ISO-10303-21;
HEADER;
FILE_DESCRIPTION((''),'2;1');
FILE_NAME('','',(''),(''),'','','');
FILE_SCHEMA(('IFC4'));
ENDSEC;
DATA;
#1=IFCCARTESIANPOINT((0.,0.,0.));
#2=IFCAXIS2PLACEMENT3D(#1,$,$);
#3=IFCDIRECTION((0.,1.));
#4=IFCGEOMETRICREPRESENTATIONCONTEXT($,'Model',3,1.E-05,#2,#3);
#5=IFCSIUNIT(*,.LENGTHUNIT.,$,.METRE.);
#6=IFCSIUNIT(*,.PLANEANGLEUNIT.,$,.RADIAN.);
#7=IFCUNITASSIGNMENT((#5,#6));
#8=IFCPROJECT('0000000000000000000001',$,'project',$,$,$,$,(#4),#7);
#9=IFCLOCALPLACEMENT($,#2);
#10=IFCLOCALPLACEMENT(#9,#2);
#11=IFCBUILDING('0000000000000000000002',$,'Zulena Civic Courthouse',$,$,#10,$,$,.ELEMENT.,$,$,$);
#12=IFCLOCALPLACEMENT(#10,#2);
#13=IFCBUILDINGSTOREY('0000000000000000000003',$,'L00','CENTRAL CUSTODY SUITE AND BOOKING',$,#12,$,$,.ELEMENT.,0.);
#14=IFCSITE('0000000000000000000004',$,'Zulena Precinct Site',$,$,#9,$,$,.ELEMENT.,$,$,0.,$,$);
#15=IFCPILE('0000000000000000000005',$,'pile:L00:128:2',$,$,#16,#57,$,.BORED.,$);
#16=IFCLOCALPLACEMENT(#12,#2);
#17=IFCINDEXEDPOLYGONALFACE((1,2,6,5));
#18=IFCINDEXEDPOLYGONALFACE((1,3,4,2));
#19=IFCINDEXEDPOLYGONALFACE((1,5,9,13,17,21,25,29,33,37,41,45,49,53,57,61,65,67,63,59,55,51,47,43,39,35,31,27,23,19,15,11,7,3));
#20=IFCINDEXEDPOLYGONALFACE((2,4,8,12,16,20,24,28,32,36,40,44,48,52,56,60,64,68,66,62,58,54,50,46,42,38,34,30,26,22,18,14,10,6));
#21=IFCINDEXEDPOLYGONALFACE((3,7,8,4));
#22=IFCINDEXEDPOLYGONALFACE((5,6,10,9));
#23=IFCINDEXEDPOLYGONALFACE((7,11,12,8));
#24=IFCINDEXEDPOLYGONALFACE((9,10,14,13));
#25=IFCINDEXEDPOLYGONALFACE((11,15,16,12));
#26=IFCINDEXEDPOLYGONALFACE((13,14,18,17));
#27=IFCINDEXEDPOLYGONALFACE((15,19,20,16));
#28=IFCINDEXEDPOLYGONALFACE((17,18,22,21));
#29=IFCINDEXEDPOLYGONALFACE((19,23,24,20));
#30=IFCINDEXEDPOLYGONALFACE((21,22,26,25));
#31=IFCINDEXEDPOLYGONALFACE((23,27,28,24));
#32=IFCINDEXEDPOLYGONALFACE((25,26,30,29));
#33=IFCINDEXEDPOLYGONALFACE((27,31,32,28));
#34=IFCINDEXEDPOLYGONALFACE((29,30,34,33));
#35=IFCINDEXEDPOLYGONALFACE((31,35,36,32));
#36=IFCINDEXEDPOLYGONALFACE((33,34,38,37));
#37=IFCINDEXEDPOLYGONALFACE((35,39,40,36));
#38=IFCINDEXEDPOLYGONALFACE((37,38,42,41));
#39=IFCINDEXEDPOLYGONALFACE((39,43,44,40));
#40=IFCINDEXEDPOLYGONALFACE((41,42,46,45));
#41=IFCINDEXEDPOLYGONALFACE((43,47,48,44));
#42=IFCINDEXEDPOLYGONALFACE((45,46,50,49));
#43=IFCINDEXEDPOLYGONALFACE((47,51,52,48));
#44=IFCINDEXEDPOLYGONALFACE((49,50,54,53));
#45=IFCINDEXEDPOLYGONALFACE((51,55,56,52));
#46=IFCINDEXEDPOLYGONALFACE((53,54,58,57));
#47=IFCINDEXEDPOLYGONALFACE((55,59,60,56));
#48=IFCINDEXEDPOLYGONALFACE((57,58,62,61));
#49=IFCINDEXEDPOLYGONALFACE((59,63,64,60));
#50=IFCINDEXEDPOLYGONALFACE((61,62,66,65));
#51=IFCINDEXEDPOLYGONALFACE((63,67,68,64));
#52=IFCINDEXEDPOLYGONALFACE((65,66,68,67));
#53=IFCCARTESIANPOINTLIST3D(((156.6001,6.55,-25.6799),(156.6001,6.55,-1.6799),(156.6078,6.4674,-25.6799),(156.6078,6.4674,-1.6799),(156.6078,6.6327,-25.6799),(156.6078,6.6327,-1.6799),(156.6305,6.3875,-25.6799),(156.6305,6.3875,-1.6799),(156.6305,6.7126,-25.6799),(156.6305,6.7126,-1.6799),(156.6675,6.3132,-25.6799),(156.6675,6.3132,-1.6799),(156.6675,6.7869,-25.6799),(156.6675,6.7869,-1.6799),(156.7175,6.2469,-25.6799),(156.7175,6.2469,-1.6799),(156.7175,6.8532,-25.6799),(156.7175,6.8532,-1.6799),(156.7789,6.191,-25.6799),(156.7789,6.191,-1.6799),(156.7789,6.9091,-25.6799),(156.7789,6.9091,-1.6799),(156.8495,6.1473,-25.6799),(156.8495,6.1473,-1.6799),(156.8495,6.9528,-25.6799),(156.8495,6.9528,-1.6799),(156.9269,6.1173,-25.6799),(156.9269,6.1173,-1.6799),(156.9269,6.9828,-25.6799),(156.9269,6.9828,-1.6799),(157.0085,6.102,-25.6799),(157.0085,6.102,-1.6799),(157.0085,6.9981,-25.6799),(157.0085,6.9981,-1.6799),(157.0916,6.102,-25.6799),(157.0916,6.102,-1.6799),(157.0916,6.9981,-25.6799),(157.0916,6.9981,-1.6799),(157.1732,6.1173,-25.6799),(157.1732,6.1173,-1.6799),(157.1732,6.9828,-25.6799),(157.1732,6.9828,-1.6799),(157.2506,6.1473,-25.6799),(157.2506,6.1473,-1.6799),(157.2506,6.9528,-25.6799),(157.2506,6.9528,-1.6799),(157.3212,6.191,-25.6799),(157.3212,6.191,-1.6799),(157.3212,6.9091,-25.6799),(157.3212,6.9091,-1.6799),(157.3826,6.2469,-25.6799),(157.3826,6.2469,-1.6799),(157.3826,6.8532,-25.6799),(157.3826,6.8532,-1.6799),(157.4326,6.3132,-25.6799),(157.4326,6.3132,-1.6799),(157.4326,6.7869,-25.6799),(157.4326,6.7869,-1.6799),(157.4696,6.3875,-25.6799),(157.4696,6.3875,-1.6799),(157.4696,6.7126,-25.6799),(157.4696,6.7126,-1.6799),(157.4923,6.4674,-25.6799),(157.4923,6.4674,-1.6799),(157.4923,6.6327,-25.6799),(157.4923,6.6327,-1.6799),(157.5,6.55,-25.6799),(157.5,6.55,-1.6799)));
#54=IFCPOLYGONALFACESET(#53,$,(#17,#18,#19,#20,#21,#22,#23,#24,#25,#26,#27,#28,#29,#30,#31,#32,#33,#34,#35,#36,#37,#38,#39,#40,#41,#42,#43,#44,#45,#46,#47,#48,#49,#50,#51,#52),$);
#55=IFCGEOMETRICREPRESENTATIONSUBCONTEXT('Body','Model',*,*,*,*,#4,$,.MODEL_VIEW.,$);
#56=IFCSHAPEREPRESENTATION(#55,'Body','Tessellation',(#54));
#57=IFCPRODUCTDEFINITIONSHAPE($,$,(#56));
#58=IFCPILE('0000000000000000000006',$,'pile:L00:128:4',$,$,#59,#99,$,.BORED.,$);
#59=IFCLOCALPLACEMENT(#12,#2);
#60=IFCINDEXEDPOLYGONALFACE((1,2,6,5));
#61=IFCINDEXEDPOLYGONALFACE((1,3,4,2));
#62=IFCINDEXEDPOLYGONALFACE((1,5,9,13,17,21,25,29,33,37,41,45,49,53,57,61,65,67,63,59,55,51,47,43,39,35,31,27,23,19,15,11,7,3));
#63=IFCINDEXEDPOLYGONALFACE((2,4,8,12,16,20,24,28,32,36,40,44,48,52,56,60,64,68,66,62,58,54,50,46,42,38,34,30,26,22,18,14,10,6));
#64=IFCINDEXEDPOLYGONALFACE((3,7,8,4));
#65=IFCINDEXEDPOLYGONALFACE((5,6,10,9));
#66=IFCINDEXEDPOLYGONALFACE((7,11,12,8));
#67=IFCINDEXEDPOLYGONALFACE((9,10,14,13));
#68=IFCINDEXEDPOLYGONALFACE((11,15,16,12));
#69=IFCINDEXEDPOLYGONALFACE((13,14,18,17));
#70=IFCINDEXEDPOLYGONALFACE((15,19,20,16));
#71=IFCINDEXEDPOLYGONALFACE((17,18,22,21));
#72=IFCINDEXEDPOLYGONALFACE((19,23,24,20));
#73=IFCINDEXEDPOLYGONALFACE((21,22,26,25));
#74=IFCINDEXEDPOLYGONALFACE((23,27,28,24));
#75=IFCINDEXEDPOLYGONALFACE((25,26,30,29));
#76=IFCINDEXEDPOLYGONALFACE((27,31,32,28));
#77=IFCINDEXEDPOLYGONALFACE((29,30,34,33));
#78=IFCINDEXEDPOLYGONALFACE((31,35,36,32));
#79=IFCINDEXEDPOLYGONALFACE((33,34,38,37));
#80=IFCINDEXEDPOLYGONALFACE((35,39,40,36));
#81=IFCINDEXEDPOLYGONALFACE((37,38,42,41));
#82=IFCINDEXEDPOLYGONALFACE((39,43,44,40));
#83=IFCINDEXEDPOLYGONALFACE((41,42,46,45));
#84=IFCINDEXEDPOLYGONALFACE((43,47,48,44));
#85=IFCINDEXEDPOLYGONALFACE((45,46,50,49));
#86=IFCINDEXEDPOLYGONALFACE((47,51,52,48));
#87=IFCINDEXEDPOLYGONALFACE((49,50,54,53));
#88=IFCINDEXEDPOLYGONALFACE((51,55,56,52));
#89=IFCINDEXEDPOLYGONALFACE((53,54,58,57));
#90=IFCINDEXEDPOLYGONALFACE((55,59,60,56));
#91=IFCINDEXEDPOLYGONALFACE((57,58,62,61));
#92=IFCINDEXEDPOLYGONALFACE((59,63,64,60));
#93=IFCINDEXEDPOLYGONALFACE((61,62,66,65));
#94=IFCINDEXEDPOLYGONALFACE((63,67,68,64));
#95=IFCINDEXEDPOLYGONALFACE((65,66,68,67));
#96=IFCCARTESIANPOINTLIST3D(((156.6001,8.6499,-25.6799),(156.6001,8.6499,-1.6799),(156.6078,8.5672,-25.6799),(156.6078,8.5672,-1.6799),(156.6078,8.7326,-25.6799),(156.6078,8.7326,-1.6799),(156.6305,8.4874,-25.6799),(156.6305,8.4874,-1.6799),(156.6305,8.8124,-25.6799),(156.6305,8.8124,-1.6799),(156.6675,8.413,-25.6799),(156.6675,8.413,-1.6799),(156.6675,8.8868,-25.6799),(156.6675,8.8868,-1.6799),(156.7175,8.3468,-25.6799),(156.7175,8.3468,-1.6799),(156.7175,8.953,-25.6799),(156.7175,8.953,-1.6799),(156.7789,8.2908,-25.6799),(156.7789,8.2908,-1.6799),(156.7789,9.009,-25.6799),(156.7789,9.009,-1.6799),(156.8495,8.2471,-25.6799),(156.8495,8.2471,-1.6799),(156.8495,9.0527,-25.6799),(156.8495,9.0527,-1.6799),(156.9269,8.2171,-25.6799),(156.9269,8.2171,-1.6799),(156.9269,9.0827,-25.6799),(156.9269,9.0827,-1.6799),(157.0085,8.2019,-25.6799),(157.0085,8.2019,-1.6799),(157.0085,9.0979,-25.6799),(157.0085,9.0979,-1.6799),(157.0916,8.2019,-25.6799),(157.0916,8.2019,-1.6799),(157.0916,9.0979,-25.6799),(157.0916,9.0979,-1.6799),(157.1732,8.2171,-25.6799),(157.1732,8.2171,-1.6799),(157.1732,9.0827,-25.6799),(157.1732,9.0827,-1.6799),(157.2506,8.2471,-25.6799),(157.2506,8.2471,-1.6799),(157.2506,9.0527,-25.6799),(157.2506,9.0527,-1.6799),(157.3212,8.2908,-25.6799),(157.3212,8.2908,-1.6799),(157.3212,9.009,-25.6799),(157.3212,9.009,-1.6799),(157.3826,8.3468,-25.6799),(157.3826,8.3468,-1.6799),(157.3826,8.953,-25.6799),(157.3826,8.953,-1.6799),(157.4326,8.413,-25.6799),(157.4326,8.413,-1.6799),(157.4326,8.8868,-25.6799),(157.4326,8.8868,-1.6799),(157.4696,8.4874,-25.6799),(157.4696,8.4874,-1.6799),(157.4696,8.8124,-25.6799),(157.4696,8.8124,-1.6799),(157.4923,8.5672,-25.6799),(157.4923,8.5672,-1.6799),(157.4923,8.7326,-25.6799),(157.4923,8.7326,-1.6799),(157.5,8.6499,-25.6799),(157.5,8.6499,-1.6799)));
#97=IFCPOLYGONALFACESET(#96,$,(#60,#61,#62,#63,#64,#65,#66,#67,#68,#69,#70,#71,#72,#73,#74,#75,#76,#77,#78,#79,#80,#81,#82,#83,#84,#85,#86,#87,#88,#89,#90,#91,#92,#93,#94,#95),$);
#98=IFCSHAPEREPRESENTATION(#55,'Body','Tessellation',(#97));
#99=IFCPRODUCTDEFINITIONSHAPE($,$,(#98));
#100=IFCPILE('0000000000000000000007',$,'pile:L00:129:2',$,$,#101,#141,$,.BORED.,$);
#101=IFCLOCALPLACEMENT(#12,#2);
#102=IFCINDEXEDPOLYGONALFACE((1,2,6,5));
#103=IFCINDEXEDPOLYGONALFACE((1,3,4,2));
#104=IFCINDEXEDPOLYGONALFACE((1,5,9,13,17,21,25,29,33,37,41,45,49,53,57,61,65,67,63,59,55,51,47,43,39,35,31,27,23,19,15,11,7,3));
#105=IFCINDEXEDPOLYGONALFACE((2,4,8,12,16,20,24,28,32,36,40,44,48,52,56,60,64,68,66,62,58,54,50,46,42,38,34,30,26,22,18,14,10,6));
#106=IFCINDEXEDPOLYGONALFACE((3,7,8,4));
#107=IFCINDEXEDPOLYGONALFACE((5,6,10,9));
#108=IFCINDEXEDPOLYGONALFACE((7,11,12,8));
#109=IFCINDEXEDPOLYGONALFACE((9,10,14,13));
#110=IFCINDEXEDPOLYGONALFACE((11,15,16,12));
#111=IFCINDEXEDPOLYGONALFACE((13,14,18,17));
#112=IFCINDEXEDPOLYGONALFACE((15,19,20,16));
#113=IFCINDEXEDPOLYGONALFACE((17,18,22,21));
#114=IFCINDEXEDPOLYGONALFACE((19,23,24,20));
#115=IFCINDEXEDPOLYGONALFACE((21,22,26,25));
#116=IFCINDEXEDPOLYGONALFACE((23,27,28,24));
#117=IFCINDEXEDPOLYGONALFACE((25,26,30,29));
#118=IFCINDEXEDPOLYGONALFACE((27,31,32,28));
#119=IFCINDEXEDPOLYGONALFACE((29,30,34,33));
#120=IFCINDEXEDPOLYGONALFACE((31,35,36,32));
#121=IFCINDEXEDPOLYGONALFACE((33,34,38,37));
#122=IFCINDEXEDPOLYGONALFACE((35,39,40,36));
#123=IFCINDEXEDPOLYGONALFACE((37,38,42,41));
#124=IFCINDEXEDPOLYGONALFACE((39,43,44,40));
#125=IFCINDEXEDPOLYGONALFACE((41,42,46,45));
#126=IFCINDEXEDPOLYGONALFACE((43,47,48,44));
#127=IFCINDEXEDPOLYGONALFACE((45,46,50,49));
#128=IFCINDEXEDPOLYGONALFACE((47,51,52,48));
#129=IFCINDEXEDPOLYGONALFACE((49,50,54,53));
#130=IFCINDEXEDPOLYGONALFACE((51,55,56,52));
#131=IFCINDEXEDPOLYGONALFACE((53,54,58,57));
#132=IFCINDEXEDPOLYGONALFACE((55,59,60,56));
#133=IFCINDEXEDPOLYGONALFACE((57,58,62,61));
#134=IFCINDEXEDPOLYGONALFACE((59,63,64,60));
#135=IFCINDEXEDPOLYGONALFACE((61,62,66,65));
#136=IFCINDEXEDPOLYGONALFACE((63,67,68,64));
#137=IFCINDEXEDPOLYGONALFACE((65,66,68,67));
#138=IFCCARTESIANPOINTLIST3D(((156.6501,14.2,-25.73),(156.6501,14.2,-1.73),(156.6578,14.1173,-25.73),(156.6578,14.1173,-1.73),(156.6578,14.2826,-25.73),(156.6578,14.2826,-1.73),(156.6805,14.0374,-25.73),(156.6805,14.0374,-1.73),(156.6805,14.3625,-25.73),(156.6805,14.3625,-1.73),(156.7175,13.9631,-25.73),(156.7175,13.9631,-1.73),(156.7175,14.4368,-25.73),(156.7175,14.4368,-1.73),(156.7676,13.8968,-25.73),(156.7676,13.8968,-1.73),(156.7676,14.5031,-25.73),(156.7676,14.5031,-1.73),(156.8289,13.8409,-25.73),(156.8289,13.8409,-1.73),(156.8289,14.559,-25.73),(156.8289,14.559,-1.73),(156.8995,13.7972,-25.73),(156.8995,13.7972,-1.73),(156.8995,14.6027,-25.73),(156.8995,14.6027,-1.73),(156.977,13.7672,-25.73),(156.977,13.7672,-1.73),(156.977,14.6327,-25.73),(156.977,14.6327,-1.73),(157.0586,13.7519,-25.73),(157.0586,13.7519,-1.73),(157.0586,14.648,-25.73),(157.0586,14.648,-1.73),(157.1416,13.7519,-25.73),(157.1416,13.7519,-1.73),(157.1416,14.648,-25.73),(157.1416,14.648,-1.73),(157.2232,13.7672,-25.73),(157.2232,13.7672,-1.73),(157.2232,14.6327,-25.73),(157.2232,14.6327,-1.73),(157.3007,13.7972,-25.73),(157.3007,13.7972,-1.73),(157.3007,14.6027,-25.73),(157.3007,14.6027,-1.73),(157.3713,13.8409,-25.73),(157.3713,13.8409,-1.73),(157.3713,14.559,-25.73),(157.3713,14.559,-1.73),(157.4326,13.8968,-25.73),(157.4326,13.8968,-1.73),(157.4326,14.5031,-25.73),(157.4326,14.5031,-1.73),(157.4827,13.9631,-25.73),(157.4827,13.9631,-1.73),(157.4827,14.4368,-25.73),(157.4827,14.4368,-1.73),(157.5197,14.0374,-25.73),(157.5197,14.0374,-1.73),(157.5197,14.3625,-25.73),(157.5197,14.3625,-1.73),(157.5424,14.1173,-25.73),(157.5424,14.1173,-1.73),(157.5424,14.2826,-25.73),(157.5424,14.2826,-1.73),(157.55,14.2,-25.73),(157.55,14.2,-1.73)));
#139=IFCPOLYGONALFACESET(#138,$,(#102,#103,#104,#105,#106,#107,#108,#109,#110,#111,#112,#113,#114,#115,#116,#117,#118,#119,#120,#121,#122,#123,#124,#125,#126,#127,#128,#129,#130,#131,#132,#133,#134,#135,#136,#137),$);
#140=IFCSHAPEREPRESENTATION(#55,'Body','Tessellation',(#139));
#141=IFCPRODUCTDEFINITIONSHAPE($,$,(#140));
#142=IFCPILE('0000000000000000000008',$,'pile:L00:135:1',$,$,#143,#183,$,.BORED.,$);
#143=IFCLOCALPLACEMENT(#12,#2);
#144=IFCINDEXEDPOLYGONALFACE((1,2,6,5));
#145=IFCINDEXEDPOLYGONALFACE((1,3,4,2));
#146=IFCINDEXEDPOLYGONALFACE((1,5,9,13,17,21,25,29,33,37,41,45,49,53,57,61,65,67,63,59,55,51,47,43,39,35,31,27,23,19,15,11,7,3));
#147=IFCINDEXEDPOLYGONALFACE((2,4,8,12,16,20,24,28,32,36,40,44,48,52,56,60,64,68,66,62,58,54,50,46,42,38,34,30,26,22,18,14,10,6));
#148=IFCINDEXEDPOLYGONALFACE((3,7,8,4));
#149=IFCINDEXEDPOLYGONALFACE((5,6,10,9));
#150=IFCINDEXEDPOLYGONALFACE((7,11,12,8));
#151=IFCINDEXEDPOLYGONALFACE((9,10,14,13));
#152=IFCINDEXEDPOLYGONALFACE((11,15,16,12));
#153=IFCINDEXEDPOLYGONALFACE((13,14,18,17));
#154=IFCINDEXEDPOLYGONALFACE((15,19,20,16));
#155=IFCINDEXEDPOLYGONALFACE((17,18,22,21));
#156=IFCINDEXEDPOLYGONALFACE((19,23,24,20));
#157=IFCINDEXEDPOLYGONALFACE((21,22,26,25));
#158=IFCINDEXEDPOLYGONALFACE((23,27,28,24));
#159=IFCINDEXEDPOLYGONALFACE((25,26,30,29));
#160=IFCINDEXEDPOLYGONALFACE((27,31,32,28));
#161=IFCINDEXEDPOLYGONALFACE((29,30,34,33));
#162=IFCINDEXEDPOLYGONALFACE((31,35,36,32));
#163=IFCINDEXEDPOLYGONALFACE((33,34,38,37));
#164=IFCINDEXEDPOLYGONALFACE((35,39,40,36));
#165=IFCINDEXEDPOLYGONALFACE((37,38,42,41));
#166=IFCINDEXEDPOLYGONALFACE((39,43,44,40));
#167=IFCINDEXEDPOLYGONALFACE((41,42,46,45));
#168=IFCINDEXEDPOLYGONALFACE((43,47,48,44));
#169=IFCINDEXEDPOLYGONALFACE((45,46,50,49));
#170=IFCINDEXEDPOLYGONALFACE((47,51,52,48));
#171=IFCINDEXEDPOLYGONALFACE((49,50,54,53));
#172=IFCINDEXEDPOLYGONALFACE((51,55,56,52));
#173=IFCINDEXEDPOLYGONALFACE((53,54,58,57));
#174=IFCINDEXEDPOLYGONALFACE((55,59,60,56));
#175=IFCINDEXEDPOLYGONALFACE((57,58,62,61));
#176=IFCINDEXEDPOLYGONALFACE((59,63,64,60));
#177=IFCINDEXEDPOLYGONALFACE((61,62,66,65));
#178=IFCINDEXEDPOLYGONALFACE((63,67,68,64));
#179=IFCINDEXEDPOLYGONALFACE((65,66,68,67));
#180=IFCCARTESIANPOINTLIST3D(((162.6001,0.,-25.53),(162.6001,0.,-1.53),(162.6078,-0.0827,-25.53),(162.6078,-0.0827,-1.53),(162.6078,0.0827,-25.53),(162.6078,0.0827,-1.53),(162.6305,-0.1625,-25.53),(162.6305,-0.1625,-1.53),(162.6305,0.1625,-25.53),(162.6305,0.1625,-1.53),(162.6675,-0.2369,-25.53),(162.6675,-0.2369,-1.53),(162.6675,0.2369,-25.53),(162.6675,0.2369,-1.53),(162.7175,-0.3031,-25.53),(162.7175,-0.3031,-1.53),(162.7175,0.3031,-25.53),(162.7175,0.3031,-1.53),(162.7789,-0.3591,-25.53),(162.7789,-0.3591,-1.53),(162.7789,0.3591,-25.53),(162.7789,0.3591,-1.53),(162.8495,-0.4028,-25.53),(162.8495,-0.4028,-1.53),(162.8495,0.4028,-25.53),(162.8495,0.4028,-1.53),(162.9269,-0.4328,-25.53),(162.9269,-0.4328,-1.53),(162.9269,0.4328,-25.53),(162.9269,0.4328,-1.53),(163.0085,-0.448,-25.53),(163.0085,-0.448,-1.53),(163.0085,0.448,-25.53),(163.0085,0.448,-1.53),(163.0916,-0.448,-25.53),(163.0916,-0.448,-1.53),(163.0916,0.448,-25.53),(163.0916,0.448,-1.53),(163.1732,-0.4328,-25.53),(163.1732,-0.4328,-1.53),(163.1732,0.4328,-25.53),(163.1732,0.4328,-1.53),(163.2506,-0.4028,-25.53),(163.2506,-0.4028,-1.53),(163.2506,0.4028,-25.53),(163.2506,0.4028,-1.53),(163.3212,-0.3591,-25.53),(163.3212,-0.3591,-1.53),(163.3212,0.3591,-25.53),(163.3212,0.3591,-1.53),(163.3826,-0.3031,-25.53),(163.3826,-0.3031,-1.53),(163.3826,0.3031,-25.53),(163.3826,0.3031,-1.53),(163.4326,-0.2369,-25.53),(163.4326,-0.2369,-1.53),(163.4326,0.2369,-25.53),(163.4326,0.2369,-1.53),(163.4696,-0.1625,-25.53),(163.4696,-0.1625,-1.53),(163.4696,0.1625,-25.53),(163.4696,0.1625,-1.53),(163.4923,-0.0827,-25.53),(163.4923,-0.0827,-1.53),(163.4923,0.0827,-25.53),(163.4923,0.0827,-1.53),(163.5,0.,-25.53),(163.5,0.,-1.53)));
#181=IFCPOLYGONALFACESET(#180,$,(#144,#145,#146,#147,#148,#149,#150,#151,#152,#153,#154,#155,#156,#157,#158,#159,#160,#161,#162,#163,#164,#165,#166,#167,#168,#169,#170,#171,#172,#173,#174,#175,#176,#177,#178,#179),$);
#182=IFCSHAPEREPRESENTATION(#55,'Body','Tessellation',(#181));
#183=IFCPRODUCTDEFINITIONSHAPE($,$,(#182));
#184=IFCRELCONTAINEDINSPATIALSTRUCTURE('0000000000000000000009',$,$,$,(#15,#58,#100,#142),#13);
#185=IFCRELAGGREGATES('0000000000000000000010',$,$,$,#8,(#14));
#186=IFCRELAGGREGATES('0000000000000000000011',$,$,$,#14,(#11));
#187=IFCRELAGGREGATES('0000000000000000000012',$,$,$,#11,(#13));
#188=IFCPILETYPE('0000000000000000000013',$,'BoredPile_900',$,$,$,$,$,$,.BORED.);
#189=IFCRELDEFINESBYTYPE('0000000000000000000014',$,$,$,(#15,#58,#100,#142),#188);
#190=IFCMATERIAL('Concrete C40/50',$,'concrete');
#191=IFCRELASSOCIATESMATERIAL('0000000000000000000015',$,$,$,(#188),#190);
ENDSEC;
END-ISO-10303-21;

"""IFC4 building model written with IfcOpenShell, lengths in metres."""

from ifc_helpers import new_model, si_unit, direction, frame, origin, origin_2d, place, context, subcontext, project, spatial, circle, extrude, material, material_profile, profile_set, type_object, element, save


model = new_model("IFC4")

# Units and contexts
model_context = context("Model", 3, precision=1e-05, world=origin(), true_north=direction((0.0, 1.0)))
body_context = subcontext(model_context, "Body", "Model", "MODEL_VIEW")
ifc_project = project(units=[si_unit("LENGTHUNIT", "METRE"), si_unit("PLANEANGLEUNIT", "RADIAN")], contexts=[model_context])

# Site, building, storey
site_placement = place(None, origin())
site = spatial("IfcSite", under=ifc_project, at=site_placement, Name="Zulena Precinct Site", CompositionType="ELEMENT", RefElevation=0.0)
building_placement = place(site_placement, origin())
building = spatial("IfcBuilding", under=site, at=building_placement, Name="Zulena Civic Courthouse", CompositionType="ELEMENT")
storey_placement = place(building_placement, origin())
storey = spatial("IfcBuildingStorey", under=building, at=storey_placement, Name="L00", Description="CENTRAL CUSTODY SUITE AND BOOKING", CompositionType="ELEMENT", Elevation=0.0)

# Piles
ifc_material_1 = material(Name="Concrete C40/50", Category="concrete")
ifc_material_profile_1 = material_profile(ifc_material_1, circle(Radius=0.45, at=origin_2d()), Name="PILE900")
ifc_profile_set_1 = profile_set([ifc_material_profile_1], Name="Concrete C40/50")
pile_type_1 = type_object("IfcPileType", Name="BoredPile_900", PredefinedType="BORED", material=ifc_profile_set_1)
for number, where, z_axis, x_axis, name in (
    (1, (157.05, 6.55, -1.6799), (0.0, 0.0, -1.0), (1.0, 0.0, 0.0), "pile:L00:128:2"),
    (2, (157.05, 8.6499, -1.6799), (0.0, 0.0, -1.0), (1.0, 0.0, 0.0), "pile:L00:128:4"),
    (3, (157.1001, 14.2, -1.73), (0.0, 0.0, -1.0), (1.0, 0.0, 0.0), "pile:L00:129:2"),
    (4, (163.05, 0.0, -1.53), (0.0, 0.0, -1.0), (1.0, 0.0, 0.0), "pile:L00:135:1"),
):
    element("IfcPile", number, at=place(storey_placement, frame(where, z_axis=z_axis, x_axis=x_axis)), inside=storey, type_object=pile_type_1, Name=name, PredefinedType="BORED", context=body_context, shape_type="SweptSolid", body=[
        extrude(circle(Radius=0.45, at=origin_2d()), origin(), (0.0, 0.0, 1.0), 24.0),
    ])

save(model, "model.ifc")
